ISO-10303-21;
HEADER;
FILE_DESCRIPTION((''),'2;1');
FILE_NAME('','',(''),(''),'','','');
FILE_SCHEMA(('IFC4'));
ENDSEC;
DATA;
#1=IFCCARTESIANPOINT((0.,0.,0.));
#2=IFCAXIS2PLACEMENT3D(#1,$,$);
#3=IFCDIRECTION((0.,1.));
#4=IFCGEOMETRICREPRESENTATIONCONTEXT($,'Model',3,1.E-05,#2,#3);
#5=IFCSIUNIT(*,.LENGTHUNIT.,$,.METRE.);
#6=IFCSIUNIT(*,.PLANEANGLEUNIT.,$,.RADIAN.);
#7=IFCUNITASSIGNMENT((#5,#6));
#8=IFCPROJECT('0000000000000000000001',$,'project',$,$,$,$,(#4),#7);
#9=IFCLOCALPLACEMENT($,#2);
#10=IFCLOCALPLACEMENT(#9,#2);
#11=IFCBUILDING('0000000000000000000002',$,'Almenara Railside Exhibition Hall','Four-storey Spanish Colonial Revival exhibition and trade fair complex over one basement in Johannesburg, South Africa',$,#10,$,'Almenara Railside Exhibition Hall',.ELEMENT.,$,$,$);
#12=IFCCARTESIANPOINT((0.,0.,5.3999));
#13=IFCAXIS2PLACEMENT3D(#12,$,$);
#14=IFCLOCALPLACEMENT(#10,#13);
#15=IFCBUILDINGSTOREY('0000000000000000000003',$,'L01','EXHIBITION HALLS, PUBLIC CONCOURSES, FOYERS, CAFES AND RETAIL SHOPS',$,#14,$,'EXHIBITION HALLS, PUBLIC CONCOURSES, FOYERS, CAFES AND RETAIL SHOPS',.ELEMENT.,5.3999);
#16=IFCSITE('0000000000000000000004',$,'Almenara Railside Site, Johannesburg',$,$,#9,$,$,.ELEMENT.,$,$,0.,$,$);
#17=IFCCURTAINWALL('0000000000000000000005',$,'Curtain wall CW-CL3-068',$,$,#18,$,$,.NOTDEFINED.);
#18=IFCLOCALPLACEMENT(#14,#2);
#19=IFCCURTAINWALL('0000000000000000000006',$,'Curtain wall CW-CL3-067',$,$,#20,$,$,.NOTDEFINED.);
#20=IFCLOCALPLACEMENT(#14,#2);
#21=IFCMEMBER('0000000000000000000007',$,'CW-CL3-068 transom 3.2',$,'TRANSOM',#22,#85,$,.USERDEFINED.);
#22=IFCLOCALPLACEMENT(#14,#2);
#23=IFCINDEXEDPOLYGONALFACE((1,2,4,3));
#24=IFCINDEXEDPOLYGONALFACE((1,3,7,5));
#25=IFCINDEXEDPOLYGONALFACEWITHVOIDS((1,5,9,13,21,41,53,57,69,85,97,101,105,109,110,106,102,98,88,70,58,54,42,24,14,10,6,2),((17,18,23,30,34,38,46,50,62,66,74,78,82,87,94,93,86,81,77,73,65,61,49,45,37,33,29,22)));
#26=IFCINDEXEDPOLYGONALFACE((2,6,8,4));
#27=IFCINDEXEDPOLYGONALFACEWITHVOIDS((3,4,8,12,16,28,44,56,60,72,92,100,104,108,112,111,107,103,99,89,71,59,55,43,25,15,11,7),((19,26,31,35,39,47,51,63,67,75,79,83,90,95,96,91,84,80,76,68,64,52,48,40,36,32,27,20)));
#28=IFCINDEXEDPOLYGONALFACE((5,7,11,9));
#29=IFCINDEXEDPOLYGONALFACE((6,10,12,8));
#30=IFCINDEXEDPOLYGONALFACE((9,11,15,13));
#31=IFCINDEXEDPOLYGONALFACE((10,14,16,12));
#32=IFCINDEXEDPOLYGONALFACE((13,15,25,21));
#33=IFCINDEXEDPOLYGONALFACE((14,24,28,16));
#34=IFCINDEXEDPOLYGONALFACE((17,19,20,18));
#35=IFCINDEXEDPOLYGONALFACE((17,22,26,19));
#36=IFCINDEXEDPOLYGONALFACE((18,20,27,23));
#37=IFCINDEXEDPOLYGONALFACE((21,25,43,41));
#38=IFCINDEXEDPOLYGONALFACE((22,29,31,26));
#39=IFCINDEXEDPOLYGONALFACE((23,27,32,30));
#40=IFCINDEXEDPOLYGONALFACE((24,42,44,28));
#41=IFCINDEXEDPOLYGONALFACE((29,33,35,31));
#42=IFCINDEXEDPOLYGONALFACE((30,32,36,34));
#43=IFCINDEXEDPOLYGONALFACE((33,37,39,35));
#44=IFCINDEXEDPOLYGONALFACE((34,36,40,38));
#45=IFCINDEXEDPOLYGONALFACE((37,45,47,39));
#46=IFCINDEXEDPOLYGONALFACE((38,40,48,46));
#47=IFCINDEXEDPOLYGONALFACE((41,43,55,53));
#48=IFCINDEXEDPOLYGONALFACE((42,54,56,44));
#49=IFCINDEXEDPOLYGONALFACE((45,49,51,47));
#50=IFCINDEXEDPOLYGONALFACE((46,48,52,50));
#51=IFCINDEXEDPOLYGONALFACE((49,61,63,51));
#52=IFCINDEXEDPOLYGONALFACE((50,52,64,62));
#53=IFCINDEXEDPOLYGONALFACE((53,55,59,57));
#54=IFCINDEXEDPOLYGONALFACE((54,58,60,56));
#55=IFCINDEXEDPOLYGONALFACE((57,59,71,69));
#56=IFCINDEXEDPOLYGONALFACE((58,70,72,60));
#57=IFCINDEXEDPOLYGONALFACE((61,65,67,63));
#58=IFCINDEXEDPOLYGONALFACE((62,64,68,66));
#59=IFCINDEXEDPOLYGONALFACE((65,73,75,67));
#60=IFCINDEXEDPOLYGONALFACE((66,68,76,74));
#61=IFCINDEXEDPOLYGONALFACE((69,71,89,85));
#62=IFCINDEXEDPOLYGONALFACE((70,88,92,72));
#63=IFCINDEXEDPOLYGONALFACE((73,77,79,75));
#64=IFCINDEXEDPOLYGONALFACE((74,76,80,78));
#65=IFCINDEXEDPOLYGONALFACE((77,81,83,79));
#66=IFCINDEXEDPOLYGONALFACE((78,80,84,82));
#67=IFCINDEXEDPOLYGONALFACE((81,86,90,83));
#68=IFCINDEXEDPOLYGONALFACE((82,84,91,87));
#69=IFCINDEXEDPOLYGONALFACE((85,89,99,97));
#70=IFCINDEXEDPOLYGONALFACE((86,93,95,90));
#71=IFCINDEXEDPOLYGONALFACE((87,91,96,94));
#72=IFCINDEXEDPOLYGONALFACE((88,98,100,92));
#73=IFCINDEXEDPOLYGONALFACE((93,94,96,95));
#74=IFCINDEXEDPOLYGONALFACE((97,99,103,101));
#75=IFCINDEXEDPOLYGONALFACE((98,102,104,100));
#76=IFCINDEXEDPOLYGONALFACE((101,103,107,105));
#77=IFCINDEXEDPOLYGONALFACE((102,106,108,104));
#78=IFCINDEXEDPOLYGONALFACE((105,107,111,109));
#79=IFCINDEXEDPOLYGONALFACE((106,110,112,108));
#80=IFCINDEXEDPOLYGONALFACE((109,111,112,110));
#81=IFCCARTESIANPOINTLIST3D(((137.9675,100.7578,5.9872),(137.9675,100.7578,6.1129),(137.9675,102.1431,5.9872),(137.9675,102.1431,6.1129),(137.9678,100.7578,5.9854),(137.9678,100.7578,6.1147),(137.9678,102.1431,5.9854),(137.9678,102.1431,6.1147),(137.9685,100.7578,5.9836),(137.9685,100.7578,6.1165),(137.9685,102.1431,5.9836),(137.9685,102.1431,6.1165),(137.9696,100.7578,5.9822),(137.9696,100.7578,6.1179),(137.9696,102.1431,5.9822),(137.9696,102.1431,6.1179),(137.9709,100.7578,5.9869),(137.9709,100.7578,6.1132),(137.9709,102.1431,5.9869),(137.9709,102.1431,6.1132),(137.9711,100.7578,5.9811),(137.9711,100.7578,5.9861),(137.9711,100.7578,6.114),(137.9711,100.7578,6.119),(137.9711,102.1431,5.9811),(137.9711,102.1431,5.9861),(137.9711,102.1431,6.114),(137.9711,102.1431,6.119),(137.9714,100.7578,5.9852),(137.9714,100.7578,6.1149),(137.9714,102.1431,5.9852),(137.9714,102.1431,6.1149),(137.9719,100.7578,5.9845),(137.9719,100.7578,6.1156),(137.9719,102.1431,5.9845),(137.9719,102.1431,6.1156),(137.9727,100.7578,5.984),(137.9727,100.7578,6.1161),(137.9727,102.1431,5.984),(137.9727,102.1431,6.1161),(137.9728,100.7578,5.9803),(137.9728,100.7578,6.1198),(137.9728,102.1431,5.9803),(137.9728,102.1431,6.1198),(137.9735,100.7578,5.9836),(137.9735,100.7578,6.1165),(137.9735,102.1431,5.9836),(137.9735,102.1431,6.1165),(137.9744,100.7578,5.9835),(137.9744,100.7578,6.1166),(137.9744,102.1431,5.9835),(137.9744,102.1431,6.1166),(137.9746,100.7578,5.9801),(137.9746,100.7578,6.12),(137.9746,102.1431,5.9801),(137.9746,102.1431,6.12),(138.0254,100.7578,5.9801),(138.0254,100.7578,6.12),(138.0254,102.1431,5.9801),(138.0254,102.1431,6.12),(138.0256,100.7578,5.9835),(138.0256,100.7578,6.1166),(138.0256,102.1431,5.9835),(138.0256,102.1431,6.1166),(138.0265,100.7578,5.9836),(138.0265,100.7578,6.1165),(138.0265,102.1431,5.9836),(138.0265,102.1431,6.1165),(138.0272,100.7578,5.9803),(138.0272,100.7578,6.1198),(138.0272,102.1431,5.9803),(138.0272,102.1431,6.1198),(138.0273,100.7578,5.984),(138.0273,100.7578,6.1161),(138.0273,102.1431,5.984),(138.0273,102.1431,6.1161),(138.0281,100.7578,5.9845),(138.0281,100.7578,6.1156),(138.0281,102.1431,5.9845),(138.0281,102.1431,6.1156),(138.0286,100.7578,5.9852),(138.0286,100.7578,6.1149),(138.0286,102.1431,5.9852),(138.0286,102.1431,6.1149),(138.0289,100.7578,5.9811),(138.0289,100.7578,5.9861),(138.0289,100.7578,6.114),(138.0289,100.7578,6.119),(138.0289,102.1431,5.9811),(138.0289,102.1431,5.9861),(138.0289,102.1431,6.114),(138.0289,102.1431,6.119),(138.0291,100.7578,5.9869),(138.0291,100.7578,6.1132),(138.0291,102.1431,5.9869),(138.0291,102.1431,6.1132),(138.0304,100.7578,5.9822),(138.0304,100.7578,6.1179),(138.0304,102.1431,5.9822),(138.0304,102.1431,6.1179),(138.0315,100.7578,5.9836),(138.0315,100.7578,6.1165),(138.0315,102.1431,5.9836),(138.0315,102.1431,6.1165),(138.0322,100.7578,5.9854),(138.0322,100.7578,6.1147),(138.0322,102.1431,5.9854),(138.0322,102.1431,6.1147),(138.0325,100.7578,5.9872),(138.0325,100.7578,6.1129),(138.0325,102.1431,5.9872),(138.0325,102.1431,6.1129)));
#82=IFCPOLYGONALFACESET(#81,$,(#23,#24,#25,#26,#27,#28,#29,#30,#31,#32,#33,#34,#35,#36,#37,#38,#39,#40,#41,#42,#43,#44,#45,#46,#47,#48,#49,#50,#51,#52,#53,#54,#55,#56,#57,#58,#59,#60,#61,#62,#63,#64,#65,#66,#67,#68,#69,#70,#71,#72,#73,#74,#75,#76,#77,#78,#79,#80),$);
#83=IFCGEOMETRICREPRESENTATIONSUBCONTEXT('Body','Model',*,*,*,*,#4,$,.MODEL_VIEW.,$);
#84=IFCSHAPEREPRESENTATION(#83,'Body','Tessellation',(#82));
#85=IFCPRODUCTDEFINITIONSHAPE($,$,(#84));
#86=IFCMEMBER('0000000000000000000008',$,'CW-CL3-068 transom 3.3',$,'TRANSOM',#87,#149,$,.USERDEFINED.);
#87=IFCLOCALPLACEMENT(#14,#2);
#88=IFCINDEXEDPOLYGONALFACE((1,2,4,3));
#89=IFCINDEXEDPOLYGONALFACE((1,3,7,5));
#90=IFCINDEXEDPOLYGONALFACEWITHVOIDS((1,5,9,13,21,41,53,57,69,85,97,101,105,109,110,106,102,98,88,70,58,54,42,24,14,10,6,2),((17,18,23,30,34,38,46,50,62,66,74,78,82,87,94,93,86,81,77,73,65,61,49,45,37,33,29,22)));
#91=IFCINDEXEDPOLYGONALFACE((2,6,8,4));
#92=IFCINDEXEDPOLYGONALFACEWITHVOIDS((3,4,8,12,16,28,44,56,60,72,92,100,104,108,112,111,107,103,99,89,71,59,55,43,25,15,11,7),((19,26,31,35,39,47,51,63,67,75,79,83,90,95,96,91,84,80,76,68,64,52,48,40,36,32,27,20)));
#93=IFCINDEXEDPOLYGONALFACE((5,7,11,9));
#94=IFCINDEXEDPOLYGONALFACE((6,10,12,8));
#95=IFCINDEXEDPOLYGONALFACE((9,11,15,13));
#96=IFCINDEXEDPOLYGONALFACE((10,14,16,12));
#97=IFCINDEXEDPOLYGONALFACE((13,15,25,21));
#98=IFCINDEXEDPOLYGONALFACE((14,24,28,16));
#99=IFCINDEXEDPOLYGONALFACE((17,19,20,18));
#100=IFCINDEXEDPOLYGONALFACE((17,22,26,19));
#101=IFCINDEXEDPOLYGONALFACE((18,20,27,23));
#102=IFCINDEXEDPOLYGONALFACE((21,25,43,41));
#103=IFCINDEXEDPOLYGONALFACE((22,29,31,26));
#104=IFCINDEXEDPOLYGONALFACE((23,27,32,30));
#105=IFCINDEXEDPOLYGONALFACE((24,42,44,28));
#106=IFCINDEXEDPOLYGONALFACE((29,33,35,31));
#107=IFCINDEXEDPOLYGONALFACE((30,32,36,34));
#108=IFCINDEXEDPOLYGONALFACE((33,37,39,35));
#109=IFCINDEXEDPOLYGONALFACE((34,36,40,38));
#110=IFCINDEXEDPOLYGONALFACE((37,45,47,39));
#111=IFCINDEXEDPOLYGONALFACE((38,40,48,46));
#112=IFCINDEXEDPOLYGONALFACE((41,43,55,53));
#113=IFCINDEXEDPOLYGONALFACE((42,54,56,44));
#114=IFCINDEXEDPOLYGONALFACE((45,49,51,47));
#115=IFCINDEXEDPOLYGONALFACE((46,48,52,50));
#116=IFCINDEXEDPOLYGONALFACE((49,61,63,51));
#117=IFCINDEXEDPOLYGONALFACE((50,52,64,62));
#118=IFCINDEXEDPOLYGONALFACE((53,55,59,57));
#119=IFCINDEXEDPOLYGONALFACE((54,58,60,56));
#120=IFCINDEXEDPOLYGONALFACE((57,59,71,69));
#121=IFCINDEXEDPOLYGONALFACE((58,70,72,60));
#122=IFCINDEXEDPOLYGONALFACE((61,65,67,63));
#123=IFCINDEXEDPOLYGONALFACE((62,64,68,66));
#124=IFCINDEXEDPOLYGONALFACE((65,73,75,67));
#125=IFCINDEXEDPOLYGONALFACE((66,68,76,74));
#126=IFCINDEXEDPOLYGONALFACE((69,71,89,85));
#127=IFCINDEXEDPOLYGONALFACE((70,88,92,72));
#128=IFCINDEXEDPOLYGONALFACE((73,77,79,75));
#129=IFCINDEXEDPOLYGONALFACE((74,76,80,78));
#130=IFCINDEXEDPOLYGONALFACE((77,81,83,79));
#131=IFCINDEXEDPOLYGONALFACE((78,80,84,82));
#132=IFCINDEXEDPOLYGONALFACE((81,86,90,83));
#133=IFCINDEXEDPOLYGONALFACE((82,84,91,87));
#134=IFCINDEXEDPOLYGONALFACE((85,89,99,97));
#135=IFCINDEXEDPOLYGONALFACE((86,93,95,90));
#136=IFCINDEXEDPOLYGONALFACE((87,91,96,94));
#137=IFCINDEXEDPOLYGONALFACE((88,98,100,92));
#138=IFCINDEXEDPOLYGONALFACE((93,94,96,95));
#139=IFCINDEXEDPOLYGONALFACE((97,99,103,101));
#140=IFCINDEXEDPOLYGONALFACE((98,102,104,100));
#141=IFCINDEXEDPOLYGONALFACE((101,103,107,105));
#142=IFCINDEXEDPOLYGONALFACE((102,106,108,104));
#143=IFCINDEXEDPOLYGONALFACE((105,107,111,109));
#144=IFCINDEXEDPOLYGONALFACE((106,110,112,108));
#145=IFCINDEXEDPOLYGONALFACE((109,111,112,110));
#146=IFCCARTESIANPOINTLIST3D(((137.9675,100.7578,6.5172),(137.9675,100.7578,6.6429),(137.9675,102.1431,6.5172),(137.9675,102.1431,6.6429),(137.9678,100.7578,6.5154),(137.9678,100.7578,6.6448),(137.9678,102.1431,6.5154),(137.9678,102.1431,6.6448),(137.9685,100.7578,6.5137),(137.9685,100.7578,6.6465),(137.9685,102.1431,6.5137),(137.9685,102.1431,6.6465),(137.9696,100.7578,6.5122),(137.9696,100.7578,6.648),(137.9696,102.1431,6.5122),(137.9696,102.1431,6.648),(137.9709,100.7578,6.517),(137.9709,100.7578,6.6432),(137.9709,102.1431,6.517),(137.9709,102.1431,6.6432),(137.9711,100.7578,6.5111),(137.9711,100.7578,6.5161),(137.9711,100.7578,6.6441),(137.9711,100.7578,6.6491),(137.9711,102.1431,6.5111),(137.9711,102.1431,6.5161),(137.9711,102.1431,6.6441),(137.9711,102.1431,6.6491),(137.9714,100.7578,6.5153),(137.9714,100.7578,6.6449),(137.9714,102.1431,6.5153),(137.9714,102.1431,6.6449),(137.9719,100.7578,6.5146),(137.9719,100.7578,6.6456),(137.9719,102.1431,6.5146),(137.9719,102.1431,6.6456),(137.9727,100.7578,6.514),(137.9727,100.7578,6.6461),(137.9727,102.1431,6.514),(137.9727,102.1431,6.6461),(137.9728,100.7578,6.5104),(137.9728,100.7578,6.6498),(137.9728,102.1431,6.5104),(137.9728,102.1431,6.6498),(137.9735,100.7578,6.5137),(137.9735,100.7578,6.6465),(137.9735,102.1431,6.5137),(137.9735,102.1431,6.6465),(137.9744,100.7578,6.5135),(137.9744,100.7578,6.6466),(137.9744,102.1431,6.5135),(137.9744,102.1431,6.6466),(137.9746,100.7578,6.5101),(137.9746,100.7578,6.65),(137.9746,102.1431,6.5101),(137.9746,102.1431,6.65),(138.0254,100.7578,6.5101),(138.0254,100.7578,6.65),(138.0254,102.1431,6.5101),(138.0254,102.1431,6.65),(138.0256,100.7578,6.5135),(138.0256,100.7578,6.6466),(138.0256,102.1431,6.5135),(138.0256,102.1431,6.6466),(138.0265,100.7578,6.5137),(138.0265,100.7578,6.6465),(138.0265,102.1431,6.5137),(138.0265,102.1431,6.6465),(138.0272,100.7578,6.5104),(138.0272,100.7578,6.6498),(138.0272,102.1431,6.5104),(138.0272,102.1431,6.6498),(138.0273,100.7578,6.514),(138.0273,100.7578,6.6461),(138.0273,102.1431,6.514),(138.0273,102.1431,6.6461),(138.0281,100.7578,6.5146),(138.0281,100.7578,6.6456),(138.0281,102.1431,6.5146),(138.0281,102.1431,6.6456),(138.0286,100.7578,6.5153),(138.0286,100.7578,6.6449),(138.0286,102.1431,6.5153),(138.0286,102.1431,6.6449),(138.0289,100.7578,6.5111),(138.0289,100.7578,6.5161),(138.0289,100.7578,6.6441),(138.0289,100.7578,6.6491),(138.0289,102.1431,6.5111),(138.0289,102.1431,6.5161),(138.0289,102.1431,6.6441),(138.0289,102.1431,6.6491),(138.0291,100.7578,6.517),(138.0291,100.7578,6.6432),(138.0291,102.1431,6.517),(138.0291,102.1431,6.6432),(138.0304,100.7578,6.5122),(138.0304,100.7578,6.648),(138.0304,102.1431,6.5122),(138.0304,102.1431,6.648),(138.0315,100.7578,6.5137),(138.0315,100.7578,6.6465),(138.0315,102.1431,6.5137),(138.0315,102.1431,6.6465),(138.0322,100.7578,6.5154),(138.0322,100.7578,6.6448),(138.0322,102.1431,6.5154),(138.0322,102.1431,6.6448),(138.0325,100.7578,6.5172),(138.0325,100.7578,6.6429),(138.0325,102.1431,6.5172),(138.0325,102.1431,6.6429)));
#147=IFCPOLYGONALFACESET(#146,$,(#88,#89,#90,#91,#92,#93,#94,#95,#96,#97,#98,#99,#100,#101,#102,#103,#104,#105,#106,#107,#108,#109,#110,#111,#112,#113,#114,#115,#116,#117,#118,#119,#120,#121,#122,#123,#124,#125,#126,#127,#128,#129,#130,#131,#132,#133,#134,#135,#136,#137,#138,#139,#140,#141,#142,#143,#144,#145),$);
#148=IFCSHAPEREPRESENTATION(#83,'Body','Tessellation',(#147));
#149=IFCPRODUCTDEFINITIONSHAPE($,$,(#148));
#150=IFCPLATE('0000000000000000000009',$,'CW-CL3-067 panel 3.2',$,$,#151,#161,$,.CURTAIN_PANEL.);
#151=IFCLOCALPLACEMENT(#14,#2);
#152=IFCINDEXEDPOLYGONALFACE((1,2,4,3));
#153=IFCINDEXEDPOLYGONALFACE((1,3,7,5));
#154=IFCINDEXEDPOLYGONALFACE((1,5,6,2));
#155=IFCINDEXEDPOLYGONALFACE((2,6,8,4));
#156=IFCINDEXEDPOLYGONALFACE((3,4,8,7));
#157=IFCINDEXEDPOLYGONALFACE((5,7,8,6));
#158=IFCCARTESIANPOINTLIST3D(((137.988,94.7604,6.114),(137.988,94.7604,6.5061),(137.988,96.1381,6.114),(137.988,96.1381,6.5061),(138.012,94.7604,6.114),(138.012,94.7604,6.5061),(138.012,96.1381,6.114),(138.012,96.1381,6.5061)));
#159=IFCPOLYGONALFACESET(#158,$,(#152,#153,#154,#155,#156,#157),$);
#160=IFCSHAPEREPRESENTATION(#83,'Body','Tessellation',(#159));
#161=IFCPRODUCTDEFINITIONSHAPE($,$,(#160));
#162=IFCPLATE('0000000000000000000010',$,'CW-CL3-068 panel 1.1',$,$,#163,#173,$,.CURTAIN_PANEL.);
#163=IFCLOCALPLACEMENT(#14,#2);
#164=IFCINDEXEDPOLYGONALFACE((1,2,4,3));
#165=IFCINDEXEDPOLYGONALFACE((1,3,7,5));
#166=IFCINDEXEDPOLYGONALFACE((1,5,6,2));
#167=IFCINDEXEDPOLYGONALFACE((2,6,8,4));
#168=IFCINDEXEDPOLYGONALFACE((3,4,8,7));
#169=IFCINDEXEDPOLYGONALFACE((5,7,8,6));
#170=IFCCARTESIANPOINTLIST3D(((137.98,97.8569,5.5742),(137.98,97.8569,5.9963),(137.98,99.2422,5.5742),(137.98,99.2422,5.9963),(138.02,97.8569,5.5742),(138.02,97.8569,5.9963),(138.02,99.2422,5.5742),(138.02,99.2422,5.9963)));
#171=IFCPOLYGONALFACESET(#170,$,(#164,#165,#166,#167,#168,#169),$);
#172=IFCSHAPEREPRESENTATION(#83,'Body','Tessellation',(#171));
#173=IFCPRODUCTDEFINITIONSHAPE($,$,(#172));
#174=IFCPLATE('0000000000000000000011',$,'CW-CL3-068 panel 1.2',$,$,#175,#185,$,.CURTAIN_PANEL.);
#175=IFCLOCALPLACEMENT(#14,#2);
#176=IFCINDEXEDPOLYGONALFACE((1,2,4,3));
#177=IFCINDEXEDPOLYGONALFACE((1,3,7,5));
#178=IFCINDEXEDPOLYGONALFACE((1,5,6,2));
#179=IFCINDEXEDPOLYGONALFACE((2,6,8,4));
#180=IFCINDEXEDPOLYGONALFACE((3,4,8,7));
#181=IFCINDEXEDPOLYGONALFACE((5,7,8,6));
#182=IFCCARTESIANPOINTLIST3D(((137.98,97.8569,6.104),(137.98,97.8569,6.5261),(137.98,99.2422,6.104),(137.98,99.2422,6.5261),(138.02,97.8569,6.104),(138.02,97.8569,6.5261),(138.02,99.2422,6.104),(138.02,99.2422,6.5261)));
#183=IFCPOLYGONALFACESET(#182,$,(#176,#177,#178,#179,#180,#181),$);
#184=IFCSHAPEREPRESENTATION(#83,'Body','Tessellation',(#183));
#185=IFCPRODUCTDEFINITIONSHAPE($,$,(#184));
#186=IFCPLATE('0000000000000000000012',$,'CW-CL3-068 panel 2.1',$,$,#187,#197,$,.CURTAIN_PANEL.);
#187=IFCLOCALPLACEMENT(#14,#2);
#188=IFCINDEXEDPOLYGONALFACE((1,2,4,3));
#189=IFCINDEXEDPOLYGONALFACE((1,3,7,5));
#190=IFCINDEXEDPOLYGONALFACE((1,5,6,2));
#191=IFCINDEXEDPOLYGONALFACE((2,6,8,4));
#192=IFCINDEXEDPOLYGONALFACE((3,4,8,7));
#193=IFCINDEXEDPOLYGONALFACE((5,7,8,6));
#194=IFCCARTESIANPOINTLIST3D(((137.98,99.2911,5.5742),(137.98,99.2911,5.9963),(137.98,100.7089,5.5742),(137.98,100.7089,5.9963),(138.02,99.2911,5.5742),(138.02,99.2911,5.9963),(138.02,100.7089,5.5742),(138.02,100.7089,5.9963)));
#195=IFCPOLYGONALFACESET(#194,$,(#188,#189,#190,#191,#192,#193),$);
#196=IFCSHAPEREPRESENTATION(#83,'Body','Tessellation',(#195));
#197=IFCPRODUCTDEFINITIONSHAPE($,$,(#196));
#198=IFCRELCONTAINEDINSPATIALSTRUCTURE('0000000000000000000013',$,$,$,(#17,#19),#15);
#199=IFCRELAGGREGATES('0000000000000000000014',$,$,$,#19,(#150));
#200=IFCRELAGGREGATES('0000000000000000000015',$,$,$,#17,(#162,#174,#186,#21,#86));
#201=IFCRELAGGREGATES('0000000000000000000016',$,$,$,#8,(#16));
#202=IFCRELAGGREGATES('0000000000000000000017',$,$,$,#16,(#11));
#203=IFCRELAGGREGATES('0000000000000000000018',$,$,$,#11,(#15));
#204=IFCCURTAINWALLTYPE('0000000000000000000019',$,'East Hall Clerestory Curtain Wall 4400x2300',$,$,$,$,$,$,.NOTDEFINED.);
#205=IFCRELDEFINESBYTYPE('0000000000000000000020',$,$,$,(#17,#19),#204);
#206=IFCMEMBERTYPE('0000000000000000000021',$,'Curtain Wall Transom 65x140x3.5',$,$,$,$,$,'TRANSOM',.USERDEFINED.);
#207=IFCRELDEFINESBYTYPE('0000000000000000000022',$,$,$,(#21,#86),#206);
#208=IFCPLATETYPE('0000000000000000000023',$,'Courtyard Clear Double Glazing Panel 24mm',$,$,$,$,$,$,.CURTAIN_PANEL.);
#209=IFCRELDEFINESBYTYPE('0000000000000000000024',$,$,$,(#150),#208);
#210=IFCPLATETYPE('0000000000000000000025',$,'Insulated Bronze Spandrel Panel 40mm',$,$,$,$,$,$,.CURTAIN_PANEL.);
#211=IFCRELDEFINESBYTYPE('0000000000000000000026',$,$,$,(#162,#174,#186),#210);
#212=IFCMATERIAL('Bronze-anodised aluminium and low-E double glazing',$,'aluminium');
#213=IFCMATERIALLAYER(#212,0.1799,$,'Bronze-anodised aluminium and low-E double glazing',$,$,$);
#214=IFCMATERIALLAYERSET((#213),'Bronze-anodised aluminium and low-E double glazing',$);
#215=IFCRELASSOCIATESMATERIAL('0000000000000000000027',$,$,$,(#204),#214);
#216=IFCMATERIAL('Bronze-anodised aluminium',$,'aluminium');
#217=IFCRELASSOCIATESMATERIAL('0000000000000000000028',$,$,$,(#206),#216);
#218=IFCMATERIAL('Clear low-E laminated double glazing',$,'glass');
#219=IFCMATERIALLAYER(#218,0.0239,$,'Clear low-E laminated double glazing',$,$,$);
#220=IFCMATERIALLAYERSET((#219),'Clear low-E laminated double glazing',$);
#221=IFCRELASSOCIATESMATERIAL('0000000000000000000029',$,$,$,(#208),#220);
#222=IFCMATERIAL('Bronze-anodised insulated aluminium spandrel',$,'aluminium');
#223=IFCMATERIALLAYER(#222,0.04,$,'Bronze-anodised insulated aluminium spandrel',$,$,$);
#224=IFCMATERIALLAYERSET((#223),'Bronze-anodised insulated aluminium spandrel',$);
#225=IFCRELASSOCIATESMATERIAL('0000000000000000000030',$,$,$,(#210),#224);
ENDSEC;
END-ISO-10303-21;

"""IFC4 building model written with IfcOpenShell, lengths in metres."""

from ifc_helpers import new_model, si_unit, direction, frame, origin, origin_2d, place, context, subcontext, project, spatial, rectangle, hollow_rectangle, extrude, material, layer, layer_set, material_profile, profile_set, type_object, element, aggregate, save


model = new_model("IFC4")

# Units and contexts
model_context = context("Model", 3, precision=1e-05, world=origin(), true_north=direction((0.0, 1.0)))
body_context = subcontext(model_context, "Body", "Model", "MODEL_VIEW")
ifc_project = project(units=[si_unit("LENGTHUNIT", "METRE"), si_unit("PLANEANGLEUNIT", "RADIAN")], contexts=[model_context])

# Site, building, storey
site_placement = place(None, origin())
site = spatial("IfcSite", under=ifc_project, at=site_placement, Name="Almenara Railside Site, Johannesburg", CompositionType="ELEMENT", RefElevation=0.0)
building_placement = place(site_placement, origin())
building = spatial("IfcBuilding", under=site, at=building_placement, Name="Almenara Railside Exhibition Hall", Description="Four-storey Spanish Colonial Revival exhibition and trade fair complex over one basement in Johannesburg, South Africa", LongName="Almenara Railside Exhibition Hall", CompositionType="ELEMENT")
storey_placement = place(building_placement, frame((0.0, 0.0, 5.3999)))
storey = spatial("IfcBuildingStorey", under=building, at=storey_placement, Name="L01", Description="EXHIBITION HALLS, PUBLIC CONCOURSES, FOYERS, CAFES AND RETAIL SHOPS", LongName="EXHIBITION HALLS, PUBLIC CONCOURSES, FOYERS, CAFES AND RETAIL SHOPS", CompositionType="ELEMENT", Elevation=5.3999)

# Curtain wall
ifc_material_1 = material(Name="Bronze-anodised aluminium and low-E double glazing", Category="aluminium")
ifc_layer_1 = layer(ifc_material_1, 0.1799, Name="Bronze-anodised aluminium and low-E double glazing")
ifc_layer_set_1 = layer_set([ifc_layer_1], Name="Bronze-anodised aluminium and low-E double glazing")
curtain_wall_type = type_object("IfcCurtainWallType", Name="East Hall Clerestory Curtain Wall 4400x2300", PredefinedType="NOTDEFINED", material=ifc_layer_set_1)
curtain_wall_1_placement = place(storey_placement, origin())
curtain_wall_1 = element("IfcCurtainWall", 1, at=curtain_wall_1_placement, inside=storey, type_object=curtain_wall_type, Name="Curtain wall CW-CL3-068", PredefinedType="NOTDEFINED")
ifc_material_2 = material(Name="Bronze-anodised aluminium", Category="aluminium")

# Curtain wall
curtain_wall_2_placement = place(storey_placement, origin())
curtain_wall_2 = element("IfcCurtainWall", 2, at=curtain_wall_2_placement, inside=storey, type_object=curtain_wall_type, Name="Curtain wall CW-CL3-067", PredefinedType="NOTDEFINED")

# Members
ifc_material_profile_1 = material_profile(ifc_material_2, hollow_rectangle(XDim=0.0649, YDim=0.1399, WallThickness=0.0034, InnerFilletRadius=0.0034, OuterFilletRadius=0.0071, at=origin_2d()), Name="ALU-TRN 65x140x3.5")
ifc_profile_set_1 = profile_set([ifc_material_profile_1], Name="Bronze-anodised aluminium")
member_type_1 = type_object("IfcMemberType", Name="Curtain Wall Transom 65x140x3.5", ElementType="TRANSOM", PredefinedType="USERDEFINED", material=ifc_profile_set_1)
member_1_placement = place(storey_placement, frame((138.0, 100.7578, 6.05), z_axis=(0.0, 1.0, 0.0), x_axis=(-1.0, 0.0, 0.0)))
member_1 = element("IfcMember", 3, at=member_1_placement, type_object=member_type_1, Name="CW-CL3-068 transom 3.2", ObjectType="TRANSOM", PredefinedType="USERDEFINED", context=body_context, shape_type="SweptSolid", body=[
    extrude(hollow_rectangle(XDim=0.0649, YDim=0.1399, WallThickness=0.0034, InnerFilletRadius=0.0034, OuterFilletRadius=0.0071, at=origin_2d()), origin(), (0.0, 0.0, 1.0), 1.3853),
])
member_2_placement = place(storey_placement, frame((138.0, 100.7578, 6.5801), z_axis=(0.0, 1.0, 0.0), x_axis=(-1.0, 0.0, 0.0)))
member_2 = element("IfcMember", 4, at=member_2_placement, type_object=member_type_1, Name="CW-CL3-068 transom 3.3", ObjectType="TRANSOM", PredefinedType="USERDEFINED", context=body_context, shape_type="SweptSolid", body=[
    extrude(hollow_rectangle(XDim=0.0649, YDim=0.1399, WallThickness=0.0034, InnerFilletRadius=0.0034, OuterFilletRadius=0.0071, at=origin_2d()), origin(), (0.0, 0.0, 1.0), 1.3853),
])

# Plates
ifc_material_3 = material(Name="Clear low-E laminated double glazing", Category="glass")
ifc_layer_2 = layer(ifc_material_3, 0.0239, Name="Clear low-E laminated double glazing")
ifc_layer_set_2 = layer_set([ifc_layer_2], Name="Clear low-E laminated double glazing")
plate_type_1 = type_object("IfcPlateType", Name="Courtyard Clear Double Glazing Panel 24mm", PredefinedType="CURTAIN_PANEL", material=ifc_layer_set_2)
plate_1_placement = place(storey_placement, frame((138.0, 95.4492, 6.114), z_axis=(0.0, 0.0, 1.0), x_axis=(0.0, 1.0, 0.0)))
plate_1 = element("IfcPlate", 5, at=plate_1_placement, type_object=plate_type_1, Name="CW-CL3-067 panel 3.2", PredefinedType="CURTAIN_PANEL", context=body_context, shape_type="SweptSolid", body=[
    extrude(rectangle(XDim=1.3777, YDim=0.0239, at=origin_2d()), origin(), (0.0, 0.0, 1.0), 0.3921),
])
aggregate(curtain_wall_2, [plate_1])
ifc_material_4 = material(Name="Bronze-anodised insulated aluminium spandrel", Category="aluminium")
ifc_layer_3 = layer(ifc_material_4, 0.04, Name="Bronze-anodised insulated aluminium spandrel")
ifc_layer_set_3 = layer_set([ifc_layer_3], Name="Bronze-anodised insulated aluminium spandrel")
plate_type_2 = type_object("IfcPlateType", Name="Insulated Bronze Spandrel Panel 40mm", PredefinedType="CURTAIN_PANEL", material=ifc_layer_set_3)
plate_2_placement = place(storey_placement, frame((138.0, 98.5496, 5.5742), z_axis=(0.0, 0.0, 1.0), x_axis=(0.0, 1.0, 0.0)))
plate_2 = element("IfcPlate", 6, at=plate_2_placement, type_object=plate_type_2, Name="CW-CL3-068 panel 1.1", PredefinedType="CURTAIN_PANEL", context=body_context, shape_type="SweptSolid", body=[
    extrude(rectangle(XDim=1.3853, YDim=0.04, at=origin_2d()), origin(), (0.0, 0.0, 1.0), 0.4221),
])
plate_3_placement = place(storey_placement, frame((138.0, 98.5496, 6.104), z_axis=(0.0, 0.0, 1.0), x_axis=(0.0, 1.0, 0.0)))
plate_3 = element("IfcPlate", 7, at=plate_3_placement, type_object=plate_type_2, Name="CW-CL3-068 panel 1.2", PredefinedType="CURTAIN_PANEL", context=body_context, shape_type="SweptSolid", body=[
    extrude(rectangle(XDim=1.3853, YDim=0.04, at=origin_2d()), origin(), (0.0, 0.0, 1.0), 0.4221),
])
plate_4_placement = place(storey_placement, frame((138.0, 100.0, 5.5742), z_axis=(0.0, 0.0, 1.0), x_axis=(0.0, 1.0, 0.0)))
plate_4 = element("IfcPlate", 8, at=plate_4_placement, type_object=plate_type_2, Name="CW-CL3-068 panel 2.1", PredefinedType="CURTAIN_PANEL", context=body_context, shape_type="SweptSolid", body=[
    extrude(rectangle(XDim=1.4177, YDim=0.04, at=origin_2d()), origin(), (0.0, 0.0, 1.0), 0.4221),
])
aggregate(curtain_wall_1, [plate_2, plate_3, plate_4, member_1, member_2])

save(model, "model.ifc")
